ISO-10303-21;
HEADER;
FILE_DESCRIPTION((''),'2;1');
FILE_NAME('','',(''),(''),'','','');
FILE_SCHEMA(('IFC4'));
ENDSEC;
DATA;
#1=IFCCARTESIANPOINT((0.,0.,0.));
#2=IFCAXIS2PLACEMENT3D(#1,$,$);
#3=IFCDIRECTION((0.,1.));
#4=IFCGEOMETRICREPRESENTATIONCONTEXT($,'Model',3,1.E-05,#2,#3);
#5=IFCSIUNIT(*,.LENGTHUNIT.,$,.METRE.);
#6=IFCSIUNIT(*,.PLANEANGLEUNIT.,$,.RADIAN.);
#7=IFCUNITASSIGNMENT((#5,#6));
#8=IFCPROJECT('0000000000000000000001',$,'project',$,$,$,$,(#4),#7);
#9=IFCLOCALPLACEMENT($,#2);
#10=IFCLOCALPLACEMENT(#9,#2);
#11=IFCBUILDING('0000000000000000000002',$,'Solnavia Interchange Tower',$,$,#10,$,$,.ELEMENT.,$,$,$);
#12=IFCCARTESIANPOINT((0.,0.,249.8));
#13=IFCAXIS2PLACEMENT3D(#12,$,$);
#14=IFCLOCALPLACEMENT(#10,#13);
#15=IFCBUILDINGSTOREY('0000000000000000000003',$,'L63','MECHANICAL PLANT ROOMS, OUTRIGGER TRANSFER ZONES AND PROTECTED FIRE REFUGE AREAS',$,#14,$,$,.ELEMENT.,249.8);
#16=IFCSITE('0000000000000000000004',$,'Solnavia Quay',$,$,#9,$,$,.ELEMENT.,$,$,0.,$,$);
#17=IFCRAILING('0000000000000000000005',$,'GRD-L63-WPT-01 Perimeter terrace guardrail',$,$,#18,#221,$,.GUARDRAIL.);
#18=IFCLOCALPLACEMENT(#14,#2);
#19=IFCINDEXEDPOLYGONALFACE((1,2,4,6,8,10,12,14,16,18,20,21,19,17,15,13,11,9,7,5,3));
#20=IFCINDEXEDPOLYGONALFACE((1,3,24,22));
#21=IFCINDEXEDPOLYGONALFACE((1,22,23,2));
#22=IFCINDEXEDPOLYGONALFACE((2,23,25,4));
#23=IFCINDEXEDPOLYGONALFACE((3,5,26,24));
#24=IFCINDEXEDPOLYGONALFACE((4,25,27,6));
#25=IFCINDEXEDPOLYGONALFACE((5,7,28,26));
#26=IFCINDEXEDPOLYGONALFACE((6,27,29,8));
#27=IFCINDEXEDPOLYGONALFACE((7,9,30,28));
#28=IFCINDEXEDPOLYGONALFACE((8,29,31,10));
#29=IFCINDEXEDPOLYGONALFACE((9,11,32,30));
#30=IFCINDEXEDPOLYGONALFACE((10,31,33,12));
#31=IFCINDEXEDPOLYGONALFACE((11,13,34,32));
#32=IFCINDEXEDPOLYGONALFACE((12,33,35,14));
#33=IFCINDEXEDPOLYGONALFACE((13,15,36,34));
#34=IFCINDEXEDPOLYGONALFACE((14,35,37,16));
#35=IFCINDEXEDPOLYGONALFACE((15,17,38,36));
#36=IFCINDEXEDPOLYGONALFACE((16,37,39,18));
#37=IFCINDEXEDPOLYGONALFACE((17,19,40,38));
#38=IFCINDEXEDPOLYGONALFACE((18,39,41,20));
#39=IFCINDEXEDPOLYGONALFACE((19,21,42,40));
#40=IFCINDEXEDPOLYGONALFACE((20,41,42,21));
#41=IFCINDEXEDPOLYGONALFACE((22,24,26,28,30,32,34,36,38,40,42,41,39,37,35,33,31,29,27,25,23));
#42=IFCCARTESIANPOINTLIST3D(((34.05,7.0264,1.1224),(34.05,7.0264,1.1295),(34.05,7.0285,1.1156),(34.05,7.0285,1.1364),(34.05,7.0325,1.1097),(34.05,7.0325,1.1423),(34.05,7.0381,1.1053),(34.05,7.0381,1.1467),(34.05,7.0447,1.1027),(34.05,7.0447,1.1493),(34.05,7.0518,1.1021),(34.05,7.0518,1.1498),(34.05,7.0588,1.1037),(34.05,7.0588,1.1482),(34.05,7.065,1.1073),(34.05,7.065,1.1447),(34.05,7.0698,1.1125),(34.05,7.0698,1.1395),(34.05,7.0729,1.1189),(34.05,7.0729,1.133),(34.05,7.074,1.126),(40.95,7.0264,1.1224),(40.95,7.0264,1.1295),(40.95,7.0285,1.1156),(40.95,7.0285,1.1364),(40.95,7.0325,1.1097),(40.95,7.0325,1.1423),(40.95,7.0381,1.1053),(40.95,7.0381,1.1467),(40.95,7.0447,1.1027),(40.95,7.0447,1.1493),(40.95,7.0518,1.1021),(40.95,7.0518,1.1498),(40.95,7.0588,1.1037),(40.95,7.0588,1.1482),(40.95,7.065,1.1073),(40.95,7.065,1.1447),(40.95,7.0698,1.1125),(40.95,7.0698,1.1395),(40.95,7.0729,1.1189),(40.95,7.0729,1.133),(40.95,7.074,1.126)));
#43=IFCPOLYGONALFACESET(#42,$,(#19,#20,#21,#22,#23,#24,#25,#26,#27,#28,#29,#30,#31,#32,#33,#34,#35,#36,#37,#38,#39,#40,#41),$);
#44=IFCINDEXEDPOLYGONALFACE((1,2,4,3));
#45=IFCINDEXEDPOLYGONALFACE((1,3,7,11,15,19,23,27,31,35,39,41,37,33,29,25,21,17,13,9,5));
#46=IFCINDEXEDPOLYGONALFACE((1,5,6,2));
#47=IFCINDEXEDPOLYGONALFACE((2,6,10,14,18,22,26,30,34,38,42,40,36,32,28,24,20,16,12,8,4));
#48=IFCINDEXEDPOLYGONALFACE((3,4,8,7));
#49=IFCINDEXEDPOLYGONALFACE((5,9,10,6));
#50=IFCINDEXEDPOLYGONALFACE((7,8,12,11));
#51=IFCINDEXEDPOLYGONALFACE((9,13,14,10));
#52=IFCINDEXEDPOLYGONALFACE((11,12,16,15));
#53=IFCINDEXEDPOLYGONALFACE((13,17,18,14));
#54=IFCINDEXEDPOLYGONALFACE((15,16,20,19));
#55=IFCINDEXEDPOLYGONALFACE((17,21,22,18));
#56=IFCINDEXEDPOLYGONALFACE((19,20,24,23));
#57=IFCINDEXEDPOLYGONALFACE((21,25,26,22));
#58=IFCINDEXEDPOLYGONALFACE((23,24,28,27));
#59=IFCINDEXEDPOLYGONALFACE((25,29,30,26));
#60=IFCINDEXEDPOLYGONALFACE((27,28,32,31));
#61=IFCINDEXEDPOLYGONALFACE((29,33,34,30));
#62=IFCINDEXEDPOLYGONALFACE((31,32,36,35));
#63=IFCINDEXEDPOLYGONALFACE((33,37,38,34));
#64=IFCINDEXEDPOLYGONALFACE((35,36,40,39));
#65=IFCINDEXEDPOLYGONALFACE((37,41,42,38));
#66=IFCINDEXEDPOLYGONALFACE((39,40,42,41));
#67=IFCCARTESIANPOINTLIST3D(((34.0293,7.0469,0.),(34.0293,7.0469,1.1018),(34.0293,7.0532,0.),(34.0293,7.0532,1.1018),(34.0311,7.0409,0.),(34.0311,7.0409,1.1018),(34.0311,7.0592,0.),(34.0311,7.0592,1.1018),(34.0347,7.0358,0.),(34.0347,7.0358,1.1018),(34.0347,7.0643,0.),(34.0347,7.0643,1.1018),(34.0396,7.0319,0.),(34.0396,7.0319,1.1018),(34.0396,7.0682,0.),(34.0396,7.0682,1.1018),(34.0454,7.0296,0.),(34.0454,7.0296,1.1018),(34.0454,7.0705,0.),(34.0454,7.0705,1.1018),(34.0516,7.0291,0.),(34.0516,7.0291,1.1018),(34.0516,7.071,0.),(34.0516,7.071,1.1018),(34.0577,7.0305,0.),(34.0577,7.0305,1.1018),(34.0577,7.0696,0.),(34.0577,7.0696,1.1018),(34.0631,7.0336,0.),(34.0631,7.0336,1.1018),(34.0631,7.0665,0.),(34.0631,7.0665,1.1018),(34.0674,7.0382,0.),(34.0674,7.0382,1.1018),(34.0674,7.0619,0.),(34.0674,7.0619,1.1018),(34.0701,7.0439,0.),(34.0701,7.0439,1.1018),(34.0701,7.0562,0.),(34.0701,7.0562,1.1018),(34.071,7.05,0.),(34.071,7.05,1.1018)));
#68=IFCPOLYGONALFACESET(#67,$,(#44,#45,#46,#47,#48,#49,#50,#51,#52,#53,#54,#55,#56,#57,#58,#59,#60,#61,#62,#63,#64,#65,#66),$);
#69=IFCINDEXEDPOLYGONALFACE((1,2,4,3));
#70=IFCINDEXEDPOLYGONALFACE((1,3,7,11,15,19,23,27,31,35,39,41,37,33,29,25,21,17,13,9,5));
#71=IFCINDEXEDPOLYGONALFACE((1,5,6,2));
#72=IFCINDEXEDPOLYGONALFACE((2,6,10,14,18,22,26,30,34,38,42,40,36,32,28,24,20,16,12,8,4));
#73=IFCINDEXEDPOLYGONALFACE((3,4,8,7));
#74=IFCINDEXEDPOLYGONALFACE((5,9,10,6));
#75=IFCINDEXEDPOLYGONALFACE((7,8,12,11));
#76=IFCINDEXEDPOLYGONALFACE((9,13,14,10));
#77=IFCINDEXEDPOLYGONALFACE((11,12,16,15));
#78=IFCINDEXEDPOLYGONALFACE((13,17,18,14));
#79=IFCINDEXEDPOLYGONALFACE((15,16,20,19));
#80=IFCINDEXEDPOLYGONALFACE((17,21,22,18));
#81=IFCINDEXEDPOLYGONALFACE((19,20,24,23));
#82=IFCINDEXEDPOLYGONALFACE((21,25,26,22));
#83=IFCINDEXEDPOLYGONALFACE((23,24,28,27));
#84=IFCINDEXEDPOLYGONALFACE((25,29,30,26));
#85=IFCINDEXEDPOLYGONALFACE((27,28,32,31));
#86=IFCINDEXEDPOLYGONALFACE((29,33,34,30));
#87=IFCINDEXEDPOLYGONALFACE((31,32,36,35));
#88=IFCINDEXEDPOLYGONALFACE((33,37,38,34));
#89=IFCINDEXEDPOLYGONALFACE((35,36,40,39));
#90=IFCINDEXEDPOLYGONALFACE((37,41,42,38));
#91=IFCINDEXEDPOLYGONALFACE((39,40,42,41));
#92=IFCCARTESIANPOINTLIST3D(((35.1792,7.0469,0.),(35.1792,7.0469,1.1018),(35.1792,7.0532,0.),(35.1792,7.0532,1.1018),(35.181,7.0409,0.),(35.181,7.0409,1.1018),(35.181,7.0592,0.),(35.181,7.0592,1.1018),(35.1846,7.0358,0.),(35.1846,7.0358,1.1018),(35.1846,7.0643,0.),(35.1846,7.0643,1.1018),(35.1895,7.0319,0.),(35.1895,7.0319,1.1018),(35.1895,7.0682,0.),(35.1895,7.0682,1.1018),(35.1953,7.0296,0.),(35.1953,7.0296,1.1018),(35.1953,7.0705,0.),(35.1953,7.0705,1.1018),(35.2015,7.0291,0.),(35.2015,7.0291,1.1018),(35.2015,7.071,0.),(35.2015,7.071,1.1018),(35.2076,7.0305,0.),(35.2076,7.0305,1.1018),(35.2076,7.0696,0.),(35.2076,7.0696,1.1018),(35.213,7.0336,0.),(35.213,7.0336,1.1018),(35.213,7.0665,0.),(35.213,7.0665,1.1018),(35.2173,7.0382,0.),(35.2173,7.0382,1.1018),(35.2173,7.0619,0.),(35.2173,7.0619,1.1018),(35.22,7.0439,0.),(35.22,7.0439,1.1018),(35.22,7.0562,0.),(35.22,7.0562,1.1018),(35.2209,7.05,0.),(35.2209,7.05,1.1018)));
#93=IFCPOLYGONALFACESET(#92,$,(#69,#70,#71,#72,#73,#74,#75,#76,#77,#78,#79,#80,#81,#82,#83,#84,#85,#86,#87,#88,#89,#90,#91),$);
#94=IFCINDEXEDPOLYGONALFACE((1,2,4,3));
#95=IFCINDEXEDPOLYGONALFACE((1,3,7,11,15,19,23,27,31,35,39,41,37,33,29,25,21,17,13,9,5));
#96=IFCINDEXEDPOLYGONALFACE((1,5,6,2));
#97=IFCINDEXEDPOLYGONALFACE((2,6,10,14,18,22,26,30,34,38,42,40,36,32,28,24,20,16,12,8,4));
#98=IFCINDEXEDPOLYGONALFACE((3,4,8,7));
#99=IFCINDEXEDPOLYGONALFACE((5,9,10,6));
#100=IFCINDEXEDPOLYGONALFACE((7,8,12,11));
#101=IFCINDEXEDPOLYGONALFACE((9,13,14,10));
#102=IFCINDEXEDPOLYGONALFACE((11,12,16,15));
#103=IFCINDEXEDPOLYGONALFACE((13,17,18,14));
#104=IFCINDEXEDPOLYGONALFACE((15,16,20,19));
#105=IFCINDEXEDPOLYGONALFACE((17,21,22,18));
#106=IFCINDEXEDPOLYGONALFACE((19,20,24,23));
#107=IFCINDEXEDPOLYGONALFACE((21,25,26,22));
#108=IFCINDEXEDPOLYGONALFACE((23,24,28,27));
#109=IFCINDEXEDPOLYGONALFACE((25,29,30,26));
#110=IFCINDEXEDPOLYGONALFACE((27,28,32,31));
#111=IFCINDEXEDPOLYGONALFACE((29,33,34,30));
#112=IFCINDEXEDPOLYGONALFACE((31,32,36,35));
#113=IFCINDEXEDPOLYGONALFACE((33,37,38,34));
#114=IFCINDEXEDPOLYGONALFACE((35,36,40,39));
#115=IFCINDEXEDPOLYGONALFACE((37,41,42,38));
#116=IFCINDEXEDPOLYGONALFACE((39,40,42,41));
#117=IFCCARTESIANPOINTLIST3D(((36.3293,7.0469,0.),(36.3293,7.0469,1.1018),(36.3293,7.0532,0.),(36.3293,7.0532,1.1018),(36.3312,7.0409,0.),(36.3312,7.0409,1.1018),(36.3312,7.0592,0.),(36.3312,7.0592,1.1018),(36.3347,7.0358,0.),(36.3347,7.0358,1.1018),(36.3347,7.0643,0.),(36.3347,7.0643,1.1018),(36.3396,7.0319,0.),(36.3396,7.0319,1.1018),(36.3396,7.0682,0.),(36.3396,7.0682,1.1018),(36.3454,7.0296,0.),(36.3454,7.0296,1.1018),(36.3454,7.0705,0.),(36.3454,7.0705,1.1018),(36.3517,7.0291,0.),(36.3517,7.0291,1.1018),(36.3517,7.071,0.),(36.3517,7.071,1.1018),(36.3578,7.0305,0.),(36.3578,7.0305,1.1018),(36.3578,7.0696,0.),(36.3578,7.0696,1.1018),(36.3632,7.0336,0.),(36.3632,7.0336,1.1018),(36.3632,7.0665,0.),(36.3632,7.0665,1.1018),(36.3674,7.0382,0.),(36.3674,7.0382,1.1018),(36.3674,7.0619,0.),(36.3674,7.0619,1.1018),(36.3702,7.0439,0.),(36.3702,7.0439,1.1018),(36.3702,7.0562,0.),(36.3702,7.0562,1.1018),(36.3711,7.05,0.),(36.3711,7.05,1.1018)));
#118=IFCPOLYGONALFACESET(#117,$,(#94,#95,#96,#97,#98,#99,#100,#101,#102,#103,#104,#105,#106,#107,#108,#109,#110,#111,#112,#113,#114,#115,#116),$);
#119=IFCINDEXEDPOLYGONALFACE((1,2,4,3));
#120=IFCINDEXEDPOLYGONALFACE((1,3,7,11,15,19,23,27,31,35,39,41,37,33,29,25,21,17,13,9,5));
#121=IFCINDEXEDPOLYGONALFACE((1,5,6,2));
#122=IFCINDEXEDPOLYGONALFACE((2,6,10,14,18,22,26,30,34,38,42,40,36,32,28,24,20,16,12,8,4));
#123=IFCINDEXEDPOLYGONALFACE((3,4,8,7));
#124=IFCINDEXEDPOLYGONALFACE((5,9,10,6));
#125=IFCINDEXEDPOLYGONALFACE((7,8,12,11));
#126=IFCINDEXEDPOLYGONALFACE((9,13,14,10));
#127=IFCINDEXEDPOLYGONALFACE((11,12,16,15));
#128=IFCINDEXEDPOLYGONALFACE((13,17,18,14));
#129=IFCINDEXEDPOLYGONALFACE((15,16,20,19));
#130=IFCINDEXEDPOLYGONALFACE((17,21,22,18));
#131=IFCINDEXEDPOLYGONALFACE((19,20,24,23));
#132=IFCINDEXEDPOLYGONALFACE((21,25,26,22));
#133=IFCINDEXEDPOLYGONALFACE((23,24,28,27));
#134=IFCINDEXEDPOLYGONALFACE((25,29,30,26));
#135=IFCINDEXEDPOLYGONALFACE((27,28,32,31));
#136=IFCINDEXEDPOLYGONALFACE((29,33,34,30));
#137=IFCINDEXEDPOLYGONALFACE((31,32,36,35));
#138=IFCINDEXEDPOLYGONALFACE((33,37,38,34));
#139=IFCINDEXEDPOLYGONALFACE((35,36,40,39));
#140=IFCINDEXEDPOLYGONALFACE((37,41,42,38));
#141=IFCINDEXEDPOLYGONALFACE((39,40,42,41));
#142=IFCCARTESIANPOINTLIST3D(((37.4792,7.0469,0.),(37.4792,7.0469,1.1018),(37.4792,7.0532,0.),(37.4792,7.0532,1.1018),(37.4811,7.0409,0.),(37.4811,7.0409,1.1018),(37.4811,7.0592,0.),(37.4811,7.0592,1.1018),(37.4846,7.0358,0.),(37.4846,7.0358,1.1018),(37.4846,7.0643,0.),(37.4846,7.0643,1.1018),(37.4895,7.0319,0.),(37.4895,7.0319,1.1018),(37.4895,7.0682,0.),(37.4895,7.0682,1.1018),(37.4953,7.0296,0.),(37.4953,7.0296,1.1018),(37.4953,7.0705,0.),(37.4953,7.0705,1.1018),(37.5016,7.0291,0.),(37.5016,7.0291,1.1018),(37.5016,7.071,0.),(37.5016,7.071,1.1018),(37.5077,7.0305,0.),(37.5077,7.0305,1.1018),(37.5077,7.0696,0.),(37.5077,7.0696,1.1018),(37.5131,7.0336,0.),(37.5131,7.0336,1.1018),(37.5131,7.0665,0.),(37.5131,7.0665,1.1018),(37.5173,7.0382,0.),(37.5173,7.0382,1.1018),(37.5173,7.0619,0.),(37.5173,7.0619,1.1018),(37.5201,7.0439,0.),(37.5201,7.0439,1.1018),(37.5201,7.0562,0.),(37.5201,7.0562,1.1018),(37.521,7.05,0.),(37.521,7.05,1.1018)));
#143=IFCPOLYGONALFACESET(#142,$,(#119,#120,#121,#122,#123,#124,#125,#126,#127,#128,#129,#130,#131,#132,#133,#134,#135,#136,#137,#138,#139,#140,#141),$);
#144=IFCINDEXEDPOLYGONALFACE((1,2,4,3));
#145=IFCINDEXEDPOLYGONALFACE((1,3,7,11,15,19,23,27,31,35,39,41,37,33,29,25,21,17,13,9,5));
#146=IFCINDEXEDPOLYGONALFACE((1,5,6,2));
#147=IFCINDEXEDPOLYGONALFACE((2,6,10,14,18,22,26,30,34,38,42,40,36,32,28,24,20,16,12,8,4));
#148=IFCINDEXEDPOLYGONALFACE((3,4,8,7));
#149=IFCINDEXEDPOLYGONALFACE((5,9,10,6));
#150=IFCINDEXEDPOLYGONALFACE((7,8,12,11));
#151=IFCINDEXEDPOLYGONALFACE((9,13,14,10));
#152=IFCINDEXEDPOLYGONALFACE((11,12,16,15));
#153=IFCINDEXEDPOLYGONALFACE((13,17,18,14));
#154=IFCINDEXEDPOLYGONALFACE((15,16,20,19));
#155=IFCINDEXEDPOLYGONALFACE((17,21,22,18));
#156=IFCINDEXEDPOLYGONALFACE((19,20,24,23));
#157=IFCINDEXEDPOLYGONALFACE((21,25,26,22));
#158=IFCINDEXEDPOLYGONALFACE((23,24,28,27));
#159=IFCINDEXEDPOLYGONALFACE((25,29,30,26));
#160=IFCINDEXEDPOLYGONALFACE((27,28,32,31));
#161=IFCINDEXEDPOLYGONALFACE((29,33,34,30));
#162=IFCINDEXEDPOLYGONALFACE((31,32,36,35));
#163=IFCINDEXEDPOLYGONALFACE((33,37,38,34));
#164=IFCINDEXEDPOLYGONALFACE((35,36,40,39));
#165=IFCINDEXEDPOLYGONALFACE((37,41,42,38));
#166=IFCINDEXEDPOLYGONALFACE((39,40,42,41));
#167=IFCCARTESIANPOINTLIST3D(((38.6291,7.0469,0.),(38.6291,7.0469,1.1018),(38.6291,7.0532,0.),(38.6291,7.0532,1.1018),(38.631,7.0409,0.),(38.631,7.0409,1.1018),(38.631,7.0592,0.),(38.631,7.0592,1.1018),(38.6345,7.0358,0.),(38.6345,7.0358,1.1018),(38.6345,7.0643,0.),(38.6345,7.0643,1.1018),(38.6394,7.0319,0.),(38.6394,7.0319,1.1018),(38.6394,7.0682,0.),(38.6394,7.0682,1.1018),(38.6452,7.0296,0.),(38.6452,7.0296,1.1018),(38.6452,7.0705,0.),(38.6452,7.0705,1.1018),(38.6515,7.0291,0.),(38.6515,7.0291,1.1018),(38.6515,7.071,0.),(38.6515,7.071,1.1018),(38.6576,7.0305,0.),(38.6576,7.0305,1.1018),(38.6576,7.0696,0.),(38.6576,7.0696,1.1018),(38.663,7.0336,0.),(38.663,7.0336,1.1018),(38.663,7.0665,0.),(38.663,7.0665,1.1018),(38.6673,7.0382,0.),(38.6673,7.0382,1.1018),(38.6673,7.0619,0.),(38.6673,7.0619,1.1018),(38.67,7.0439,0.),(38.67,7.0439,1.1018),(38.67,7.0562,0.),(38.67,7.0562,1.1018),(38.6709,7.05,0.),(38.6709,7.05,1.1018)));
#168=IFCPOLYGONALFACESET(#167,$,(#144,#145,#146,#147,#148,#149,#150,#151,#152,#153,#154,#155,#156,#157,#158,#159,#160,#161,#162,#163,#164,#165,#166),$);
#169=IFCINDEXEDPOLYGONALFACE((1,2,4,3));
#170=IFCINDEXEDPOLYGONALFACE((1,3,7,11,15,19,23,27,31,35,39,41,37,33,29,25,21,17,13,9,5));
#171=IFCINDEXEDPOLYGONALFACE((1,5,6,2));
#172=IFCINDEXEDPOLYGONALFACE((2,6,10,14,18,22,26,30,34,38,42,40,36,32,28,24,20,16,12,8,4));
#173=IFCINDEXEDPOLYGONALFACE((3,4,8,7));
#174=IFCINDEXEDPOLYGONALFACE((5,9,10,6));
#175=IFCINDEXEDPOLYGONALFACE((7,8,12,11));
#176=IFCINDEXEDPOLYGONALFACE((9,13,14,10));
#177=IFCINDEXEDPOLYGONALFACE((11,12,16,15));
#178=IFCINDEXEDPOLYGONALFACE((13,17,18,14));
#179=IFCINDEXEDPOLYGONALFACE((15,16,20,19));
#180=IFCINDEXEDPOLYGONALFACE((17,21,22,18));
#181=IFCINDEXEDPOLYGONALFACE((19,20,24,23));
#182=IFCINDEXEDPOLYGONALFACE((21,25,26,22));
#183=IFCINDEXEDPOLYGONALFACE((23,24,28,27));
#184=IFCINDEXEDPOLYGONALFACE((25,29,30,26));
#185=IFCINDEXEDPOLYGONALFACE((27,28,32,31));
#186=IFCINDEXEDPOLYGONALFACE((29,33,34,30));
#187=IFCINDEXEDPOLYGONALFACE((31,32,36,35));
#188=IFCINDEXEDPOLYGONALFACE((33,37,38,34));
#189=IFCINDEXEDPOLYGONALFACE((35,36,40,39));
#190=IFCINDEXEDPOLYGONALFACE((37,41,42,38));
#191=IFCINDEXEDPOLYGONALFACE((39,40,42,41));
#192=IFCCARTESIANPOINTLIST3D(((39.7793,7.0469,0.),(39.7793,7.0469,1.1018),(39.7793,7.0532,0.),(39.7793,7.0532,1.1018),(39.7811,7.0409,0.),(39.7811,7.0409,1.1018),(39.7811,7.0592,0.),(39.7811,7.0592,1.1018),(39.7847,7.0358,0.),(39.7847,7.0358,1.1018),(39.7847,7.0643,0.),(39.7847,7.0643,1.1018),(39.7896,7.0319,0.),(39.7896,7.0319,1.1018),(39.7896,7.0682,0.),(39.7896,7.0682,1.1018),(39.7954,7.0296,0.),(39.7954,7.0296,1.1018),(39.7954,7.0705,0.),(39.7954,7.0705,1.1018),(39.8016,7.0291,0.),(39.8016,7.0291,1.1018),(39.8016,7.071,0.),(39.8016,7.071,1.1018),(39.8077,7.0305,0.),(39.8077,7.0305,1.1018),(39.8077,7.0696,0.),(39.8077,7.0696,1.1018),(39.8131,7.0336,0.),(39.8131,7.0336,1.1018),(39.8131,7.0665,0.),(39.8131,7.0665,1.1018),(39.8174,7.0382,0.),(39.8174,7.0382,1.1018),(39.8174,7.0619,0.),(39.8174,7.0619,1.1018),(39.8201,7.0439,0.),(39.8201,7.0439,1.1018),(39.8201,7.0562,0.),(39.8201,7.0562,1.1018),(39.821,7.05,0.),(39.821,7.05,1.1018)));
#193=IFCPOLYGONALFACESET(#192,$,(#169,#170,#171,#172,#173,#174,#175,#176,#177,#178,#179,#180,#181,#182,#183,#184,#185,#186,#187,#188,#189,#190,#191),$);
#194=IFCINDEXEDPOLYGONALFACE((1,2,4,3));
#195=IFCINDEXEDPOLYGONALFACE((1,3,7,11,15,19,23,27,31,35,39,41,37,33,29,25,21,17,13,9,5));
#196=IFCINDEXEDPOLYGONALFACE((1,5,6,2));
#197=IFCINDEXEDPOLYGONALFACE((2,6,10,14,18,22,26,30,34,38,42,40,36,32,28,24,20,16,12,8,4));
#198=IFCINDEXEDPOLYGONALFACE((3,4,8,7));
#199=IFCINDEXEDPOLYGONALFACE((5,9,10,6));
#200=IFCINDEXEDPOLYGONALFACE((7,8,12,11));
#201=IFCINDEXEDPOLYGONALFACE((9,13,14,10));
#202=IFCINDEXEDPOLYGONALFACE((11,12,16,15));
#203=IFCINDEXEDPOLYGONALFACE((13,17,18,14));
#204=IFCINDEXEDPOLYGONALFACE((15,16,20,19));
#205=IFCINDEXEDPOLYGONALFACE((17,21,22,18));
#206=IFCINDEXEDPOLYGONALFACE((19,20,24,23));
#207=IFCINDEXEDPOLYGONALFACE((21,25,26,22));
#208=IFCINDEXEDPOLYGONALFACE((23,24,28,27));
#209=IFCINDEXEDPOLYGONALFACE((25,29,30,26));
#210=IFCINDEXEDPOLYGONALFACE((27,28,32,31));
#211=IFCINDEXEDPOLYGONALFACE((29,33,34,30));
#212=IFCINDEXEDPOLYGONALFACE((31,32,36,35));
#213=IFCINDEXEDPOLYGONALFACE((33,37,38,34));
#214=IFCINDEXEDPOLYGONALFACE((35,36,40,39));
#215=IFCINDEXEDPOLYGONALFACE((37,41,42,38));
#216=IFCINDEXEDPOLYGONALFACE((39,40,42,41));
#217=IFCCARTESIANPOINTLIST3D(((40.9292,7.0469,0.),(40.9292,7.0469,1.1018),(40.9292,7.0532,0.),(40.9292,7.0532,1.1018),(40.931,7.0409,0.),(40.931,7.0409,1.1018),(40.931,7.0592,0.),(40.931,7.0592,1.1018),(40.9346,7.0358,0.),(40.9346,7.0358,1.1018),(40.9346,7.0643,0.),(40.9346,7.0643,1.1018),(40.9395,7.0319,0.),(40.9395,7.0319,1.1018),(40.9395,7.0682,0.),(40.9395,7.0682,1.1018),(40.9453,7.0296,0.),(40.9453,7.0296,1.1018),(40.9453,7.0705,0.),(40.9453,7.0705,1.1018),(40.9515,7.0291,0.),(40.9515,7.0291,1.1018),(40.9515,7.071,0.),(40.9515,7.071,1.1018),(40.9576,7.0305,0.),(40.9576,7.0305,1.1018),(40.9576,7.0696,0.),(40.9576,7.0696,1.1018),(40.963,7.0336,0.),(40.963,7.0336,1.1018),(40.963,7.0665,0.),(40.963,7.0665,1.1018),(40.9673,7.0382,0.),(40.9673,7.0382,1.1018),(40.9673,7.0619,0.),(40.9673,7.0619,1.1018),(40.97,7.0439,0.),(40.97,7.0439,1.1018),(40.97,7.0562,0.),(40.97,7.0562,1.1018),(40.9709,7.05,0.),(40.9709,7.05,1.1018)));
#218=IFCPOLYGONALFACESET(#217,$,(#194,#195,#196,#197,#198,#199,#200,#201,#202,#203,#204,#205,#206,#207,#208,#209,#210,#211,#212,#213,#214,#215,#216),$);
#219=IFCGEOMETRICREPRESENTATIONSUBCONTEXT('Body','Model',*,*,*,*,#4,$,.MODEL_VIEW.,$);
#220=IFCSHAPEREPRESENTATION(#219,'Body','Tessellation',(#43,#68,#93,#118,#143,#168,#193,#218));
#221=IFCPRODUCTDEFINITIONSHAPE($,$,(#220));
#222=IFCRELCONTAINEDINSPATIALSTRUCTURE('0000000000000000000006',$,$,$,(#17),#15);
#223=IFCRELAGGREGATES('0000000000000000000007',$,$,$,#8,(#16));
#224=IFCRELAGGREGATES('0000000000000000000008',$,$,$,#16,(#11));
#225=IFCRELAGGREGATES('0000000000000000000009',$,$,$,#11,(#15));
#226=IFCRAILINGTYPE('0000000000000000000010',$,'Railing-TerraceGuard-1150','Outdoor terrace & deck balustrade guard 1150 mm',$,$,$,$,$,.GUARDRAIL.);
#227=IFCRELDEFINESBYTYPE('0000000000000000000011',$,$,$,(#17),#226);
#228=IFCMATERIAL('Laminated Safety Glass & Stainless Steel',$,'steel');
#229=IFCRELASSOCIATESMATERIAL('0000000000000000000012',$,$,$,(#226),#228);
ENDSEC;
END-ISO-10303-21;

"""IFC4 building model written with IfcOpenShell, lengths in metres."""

from ifc_helpers import new_model, si_unit, direction, frame, origin, origin_2d, place, context, subcontext, project, spatial, circle, extrude, material, type_object, element, save


model = new_model("IFC4")

# Units and contexts
model_context = context("Model", 3, precision=1e-05, world=origin(), true_north=direction((0.0, 1.0)))
body_context = subcontext(model_context, "Body", "Model", "MODEL_VIEW")
ifc_project = project(units=[si_unit("LENGTHUNIT", "METRE"), si_unit("PLANEANGLEUNIT", "RADIAN")], contexts=[model_context])

# Site, building, storey
site_placement = place(None, origin())
site = spatial("IfcSite", under=ifc_project, at=site_placement, Name="Solnavia Quay", CompositionType="ELEMENT", RefElevation=0.0)
building_placement = place(site_placement, origin())
building = spatial("IfcBuilding", under=site, at=building_placement, Name="Solnavia Interchange Tower", CompositionType="ELEMENT")
storey_placement = place(building_placement, frame((0.0, 0.0, 249.8)))
storey = spatial("IfcBuildingStorey", under=building, at=storey_placement, Name="L63", Description="MECHANICAL PLANT ROOMS, OUTRIGGER TRANSFER ZONES AND PROTECTED FIRE REFUGE AREAS", CompositionType="ELEMENT", Elevation=249.8)

# Railing
ifc_material_1 = material(Name="Laminated Safety Glass & Stainless Steel", Category="steel")
railing_type = type_object("IfcRailingType", Name="Railing-TerraceGuard-1150", Description="Outdoor terrace & deck balustrade guard 1150 mm", PredefinedType="GUARDRAIL", material=ifc_material_1)
railing_1_placement = place(storey_placement, frame((34.05, 7.05, 0.0)))
element("IfcRailing", 1, at=railing_1_placement, inside=storey, type_object=railing_type, Name="GRD-L63-WPT-01 Perimeter terrace guardrail", PredefinedType="GUARDRAIL", context=body_context, shape_type="SweptSolid", body=[
    extrude(circle(Radius=0.0239, at=origin_2d()), frame((0.0, 0.0, 1.126), z_axis=(1.0, 0.0, 0.0), x_axis=(0.0, 1.0, 0.0)), (0.0, 0.0, 1.0), 6.8999),
    extrude(circle(Radius=0.021, at=origin_2d()), origin(), (0.0, 0.0, 1.0), 1.1018),
    extrude(circle(Radius=0.021, at=origin_2d()), frame((1.1499, 0.0, 0.0)), (0.0, 0.0, 1.0), 1.1018),
    extrude(circle(Radius=0.021, at=origin_2d()), frame((2.3, 0.0, 0.0)), (0.0, 0.0, 1.0), 1.1018),
    extrude(circle(Radius=0.021, at=origin_2d()), frame((3.45, 0.0, 0.0)), (0.0, 0.0, 1.0), 1.1018),
    extrude(circle(Radius=0.021, at=origin_2d()), frame((4.5999, 0.0, 0.0)), (0.0, 0.0, 1.0), 1.1018),
    extrude(circle(Radius=0.021, at=origin_2d()), frame((5.75, 0.0, 0.0)), (0.0, 0.0, 1.0), 1.1018),
    extrude(circle(Radius=0.021, at=origin_2d()), frame((6.8999, 0.0, 0.0)), (0.0, 0.0, 1.0), 1.1018),
])

save(model, "model.ifc")
